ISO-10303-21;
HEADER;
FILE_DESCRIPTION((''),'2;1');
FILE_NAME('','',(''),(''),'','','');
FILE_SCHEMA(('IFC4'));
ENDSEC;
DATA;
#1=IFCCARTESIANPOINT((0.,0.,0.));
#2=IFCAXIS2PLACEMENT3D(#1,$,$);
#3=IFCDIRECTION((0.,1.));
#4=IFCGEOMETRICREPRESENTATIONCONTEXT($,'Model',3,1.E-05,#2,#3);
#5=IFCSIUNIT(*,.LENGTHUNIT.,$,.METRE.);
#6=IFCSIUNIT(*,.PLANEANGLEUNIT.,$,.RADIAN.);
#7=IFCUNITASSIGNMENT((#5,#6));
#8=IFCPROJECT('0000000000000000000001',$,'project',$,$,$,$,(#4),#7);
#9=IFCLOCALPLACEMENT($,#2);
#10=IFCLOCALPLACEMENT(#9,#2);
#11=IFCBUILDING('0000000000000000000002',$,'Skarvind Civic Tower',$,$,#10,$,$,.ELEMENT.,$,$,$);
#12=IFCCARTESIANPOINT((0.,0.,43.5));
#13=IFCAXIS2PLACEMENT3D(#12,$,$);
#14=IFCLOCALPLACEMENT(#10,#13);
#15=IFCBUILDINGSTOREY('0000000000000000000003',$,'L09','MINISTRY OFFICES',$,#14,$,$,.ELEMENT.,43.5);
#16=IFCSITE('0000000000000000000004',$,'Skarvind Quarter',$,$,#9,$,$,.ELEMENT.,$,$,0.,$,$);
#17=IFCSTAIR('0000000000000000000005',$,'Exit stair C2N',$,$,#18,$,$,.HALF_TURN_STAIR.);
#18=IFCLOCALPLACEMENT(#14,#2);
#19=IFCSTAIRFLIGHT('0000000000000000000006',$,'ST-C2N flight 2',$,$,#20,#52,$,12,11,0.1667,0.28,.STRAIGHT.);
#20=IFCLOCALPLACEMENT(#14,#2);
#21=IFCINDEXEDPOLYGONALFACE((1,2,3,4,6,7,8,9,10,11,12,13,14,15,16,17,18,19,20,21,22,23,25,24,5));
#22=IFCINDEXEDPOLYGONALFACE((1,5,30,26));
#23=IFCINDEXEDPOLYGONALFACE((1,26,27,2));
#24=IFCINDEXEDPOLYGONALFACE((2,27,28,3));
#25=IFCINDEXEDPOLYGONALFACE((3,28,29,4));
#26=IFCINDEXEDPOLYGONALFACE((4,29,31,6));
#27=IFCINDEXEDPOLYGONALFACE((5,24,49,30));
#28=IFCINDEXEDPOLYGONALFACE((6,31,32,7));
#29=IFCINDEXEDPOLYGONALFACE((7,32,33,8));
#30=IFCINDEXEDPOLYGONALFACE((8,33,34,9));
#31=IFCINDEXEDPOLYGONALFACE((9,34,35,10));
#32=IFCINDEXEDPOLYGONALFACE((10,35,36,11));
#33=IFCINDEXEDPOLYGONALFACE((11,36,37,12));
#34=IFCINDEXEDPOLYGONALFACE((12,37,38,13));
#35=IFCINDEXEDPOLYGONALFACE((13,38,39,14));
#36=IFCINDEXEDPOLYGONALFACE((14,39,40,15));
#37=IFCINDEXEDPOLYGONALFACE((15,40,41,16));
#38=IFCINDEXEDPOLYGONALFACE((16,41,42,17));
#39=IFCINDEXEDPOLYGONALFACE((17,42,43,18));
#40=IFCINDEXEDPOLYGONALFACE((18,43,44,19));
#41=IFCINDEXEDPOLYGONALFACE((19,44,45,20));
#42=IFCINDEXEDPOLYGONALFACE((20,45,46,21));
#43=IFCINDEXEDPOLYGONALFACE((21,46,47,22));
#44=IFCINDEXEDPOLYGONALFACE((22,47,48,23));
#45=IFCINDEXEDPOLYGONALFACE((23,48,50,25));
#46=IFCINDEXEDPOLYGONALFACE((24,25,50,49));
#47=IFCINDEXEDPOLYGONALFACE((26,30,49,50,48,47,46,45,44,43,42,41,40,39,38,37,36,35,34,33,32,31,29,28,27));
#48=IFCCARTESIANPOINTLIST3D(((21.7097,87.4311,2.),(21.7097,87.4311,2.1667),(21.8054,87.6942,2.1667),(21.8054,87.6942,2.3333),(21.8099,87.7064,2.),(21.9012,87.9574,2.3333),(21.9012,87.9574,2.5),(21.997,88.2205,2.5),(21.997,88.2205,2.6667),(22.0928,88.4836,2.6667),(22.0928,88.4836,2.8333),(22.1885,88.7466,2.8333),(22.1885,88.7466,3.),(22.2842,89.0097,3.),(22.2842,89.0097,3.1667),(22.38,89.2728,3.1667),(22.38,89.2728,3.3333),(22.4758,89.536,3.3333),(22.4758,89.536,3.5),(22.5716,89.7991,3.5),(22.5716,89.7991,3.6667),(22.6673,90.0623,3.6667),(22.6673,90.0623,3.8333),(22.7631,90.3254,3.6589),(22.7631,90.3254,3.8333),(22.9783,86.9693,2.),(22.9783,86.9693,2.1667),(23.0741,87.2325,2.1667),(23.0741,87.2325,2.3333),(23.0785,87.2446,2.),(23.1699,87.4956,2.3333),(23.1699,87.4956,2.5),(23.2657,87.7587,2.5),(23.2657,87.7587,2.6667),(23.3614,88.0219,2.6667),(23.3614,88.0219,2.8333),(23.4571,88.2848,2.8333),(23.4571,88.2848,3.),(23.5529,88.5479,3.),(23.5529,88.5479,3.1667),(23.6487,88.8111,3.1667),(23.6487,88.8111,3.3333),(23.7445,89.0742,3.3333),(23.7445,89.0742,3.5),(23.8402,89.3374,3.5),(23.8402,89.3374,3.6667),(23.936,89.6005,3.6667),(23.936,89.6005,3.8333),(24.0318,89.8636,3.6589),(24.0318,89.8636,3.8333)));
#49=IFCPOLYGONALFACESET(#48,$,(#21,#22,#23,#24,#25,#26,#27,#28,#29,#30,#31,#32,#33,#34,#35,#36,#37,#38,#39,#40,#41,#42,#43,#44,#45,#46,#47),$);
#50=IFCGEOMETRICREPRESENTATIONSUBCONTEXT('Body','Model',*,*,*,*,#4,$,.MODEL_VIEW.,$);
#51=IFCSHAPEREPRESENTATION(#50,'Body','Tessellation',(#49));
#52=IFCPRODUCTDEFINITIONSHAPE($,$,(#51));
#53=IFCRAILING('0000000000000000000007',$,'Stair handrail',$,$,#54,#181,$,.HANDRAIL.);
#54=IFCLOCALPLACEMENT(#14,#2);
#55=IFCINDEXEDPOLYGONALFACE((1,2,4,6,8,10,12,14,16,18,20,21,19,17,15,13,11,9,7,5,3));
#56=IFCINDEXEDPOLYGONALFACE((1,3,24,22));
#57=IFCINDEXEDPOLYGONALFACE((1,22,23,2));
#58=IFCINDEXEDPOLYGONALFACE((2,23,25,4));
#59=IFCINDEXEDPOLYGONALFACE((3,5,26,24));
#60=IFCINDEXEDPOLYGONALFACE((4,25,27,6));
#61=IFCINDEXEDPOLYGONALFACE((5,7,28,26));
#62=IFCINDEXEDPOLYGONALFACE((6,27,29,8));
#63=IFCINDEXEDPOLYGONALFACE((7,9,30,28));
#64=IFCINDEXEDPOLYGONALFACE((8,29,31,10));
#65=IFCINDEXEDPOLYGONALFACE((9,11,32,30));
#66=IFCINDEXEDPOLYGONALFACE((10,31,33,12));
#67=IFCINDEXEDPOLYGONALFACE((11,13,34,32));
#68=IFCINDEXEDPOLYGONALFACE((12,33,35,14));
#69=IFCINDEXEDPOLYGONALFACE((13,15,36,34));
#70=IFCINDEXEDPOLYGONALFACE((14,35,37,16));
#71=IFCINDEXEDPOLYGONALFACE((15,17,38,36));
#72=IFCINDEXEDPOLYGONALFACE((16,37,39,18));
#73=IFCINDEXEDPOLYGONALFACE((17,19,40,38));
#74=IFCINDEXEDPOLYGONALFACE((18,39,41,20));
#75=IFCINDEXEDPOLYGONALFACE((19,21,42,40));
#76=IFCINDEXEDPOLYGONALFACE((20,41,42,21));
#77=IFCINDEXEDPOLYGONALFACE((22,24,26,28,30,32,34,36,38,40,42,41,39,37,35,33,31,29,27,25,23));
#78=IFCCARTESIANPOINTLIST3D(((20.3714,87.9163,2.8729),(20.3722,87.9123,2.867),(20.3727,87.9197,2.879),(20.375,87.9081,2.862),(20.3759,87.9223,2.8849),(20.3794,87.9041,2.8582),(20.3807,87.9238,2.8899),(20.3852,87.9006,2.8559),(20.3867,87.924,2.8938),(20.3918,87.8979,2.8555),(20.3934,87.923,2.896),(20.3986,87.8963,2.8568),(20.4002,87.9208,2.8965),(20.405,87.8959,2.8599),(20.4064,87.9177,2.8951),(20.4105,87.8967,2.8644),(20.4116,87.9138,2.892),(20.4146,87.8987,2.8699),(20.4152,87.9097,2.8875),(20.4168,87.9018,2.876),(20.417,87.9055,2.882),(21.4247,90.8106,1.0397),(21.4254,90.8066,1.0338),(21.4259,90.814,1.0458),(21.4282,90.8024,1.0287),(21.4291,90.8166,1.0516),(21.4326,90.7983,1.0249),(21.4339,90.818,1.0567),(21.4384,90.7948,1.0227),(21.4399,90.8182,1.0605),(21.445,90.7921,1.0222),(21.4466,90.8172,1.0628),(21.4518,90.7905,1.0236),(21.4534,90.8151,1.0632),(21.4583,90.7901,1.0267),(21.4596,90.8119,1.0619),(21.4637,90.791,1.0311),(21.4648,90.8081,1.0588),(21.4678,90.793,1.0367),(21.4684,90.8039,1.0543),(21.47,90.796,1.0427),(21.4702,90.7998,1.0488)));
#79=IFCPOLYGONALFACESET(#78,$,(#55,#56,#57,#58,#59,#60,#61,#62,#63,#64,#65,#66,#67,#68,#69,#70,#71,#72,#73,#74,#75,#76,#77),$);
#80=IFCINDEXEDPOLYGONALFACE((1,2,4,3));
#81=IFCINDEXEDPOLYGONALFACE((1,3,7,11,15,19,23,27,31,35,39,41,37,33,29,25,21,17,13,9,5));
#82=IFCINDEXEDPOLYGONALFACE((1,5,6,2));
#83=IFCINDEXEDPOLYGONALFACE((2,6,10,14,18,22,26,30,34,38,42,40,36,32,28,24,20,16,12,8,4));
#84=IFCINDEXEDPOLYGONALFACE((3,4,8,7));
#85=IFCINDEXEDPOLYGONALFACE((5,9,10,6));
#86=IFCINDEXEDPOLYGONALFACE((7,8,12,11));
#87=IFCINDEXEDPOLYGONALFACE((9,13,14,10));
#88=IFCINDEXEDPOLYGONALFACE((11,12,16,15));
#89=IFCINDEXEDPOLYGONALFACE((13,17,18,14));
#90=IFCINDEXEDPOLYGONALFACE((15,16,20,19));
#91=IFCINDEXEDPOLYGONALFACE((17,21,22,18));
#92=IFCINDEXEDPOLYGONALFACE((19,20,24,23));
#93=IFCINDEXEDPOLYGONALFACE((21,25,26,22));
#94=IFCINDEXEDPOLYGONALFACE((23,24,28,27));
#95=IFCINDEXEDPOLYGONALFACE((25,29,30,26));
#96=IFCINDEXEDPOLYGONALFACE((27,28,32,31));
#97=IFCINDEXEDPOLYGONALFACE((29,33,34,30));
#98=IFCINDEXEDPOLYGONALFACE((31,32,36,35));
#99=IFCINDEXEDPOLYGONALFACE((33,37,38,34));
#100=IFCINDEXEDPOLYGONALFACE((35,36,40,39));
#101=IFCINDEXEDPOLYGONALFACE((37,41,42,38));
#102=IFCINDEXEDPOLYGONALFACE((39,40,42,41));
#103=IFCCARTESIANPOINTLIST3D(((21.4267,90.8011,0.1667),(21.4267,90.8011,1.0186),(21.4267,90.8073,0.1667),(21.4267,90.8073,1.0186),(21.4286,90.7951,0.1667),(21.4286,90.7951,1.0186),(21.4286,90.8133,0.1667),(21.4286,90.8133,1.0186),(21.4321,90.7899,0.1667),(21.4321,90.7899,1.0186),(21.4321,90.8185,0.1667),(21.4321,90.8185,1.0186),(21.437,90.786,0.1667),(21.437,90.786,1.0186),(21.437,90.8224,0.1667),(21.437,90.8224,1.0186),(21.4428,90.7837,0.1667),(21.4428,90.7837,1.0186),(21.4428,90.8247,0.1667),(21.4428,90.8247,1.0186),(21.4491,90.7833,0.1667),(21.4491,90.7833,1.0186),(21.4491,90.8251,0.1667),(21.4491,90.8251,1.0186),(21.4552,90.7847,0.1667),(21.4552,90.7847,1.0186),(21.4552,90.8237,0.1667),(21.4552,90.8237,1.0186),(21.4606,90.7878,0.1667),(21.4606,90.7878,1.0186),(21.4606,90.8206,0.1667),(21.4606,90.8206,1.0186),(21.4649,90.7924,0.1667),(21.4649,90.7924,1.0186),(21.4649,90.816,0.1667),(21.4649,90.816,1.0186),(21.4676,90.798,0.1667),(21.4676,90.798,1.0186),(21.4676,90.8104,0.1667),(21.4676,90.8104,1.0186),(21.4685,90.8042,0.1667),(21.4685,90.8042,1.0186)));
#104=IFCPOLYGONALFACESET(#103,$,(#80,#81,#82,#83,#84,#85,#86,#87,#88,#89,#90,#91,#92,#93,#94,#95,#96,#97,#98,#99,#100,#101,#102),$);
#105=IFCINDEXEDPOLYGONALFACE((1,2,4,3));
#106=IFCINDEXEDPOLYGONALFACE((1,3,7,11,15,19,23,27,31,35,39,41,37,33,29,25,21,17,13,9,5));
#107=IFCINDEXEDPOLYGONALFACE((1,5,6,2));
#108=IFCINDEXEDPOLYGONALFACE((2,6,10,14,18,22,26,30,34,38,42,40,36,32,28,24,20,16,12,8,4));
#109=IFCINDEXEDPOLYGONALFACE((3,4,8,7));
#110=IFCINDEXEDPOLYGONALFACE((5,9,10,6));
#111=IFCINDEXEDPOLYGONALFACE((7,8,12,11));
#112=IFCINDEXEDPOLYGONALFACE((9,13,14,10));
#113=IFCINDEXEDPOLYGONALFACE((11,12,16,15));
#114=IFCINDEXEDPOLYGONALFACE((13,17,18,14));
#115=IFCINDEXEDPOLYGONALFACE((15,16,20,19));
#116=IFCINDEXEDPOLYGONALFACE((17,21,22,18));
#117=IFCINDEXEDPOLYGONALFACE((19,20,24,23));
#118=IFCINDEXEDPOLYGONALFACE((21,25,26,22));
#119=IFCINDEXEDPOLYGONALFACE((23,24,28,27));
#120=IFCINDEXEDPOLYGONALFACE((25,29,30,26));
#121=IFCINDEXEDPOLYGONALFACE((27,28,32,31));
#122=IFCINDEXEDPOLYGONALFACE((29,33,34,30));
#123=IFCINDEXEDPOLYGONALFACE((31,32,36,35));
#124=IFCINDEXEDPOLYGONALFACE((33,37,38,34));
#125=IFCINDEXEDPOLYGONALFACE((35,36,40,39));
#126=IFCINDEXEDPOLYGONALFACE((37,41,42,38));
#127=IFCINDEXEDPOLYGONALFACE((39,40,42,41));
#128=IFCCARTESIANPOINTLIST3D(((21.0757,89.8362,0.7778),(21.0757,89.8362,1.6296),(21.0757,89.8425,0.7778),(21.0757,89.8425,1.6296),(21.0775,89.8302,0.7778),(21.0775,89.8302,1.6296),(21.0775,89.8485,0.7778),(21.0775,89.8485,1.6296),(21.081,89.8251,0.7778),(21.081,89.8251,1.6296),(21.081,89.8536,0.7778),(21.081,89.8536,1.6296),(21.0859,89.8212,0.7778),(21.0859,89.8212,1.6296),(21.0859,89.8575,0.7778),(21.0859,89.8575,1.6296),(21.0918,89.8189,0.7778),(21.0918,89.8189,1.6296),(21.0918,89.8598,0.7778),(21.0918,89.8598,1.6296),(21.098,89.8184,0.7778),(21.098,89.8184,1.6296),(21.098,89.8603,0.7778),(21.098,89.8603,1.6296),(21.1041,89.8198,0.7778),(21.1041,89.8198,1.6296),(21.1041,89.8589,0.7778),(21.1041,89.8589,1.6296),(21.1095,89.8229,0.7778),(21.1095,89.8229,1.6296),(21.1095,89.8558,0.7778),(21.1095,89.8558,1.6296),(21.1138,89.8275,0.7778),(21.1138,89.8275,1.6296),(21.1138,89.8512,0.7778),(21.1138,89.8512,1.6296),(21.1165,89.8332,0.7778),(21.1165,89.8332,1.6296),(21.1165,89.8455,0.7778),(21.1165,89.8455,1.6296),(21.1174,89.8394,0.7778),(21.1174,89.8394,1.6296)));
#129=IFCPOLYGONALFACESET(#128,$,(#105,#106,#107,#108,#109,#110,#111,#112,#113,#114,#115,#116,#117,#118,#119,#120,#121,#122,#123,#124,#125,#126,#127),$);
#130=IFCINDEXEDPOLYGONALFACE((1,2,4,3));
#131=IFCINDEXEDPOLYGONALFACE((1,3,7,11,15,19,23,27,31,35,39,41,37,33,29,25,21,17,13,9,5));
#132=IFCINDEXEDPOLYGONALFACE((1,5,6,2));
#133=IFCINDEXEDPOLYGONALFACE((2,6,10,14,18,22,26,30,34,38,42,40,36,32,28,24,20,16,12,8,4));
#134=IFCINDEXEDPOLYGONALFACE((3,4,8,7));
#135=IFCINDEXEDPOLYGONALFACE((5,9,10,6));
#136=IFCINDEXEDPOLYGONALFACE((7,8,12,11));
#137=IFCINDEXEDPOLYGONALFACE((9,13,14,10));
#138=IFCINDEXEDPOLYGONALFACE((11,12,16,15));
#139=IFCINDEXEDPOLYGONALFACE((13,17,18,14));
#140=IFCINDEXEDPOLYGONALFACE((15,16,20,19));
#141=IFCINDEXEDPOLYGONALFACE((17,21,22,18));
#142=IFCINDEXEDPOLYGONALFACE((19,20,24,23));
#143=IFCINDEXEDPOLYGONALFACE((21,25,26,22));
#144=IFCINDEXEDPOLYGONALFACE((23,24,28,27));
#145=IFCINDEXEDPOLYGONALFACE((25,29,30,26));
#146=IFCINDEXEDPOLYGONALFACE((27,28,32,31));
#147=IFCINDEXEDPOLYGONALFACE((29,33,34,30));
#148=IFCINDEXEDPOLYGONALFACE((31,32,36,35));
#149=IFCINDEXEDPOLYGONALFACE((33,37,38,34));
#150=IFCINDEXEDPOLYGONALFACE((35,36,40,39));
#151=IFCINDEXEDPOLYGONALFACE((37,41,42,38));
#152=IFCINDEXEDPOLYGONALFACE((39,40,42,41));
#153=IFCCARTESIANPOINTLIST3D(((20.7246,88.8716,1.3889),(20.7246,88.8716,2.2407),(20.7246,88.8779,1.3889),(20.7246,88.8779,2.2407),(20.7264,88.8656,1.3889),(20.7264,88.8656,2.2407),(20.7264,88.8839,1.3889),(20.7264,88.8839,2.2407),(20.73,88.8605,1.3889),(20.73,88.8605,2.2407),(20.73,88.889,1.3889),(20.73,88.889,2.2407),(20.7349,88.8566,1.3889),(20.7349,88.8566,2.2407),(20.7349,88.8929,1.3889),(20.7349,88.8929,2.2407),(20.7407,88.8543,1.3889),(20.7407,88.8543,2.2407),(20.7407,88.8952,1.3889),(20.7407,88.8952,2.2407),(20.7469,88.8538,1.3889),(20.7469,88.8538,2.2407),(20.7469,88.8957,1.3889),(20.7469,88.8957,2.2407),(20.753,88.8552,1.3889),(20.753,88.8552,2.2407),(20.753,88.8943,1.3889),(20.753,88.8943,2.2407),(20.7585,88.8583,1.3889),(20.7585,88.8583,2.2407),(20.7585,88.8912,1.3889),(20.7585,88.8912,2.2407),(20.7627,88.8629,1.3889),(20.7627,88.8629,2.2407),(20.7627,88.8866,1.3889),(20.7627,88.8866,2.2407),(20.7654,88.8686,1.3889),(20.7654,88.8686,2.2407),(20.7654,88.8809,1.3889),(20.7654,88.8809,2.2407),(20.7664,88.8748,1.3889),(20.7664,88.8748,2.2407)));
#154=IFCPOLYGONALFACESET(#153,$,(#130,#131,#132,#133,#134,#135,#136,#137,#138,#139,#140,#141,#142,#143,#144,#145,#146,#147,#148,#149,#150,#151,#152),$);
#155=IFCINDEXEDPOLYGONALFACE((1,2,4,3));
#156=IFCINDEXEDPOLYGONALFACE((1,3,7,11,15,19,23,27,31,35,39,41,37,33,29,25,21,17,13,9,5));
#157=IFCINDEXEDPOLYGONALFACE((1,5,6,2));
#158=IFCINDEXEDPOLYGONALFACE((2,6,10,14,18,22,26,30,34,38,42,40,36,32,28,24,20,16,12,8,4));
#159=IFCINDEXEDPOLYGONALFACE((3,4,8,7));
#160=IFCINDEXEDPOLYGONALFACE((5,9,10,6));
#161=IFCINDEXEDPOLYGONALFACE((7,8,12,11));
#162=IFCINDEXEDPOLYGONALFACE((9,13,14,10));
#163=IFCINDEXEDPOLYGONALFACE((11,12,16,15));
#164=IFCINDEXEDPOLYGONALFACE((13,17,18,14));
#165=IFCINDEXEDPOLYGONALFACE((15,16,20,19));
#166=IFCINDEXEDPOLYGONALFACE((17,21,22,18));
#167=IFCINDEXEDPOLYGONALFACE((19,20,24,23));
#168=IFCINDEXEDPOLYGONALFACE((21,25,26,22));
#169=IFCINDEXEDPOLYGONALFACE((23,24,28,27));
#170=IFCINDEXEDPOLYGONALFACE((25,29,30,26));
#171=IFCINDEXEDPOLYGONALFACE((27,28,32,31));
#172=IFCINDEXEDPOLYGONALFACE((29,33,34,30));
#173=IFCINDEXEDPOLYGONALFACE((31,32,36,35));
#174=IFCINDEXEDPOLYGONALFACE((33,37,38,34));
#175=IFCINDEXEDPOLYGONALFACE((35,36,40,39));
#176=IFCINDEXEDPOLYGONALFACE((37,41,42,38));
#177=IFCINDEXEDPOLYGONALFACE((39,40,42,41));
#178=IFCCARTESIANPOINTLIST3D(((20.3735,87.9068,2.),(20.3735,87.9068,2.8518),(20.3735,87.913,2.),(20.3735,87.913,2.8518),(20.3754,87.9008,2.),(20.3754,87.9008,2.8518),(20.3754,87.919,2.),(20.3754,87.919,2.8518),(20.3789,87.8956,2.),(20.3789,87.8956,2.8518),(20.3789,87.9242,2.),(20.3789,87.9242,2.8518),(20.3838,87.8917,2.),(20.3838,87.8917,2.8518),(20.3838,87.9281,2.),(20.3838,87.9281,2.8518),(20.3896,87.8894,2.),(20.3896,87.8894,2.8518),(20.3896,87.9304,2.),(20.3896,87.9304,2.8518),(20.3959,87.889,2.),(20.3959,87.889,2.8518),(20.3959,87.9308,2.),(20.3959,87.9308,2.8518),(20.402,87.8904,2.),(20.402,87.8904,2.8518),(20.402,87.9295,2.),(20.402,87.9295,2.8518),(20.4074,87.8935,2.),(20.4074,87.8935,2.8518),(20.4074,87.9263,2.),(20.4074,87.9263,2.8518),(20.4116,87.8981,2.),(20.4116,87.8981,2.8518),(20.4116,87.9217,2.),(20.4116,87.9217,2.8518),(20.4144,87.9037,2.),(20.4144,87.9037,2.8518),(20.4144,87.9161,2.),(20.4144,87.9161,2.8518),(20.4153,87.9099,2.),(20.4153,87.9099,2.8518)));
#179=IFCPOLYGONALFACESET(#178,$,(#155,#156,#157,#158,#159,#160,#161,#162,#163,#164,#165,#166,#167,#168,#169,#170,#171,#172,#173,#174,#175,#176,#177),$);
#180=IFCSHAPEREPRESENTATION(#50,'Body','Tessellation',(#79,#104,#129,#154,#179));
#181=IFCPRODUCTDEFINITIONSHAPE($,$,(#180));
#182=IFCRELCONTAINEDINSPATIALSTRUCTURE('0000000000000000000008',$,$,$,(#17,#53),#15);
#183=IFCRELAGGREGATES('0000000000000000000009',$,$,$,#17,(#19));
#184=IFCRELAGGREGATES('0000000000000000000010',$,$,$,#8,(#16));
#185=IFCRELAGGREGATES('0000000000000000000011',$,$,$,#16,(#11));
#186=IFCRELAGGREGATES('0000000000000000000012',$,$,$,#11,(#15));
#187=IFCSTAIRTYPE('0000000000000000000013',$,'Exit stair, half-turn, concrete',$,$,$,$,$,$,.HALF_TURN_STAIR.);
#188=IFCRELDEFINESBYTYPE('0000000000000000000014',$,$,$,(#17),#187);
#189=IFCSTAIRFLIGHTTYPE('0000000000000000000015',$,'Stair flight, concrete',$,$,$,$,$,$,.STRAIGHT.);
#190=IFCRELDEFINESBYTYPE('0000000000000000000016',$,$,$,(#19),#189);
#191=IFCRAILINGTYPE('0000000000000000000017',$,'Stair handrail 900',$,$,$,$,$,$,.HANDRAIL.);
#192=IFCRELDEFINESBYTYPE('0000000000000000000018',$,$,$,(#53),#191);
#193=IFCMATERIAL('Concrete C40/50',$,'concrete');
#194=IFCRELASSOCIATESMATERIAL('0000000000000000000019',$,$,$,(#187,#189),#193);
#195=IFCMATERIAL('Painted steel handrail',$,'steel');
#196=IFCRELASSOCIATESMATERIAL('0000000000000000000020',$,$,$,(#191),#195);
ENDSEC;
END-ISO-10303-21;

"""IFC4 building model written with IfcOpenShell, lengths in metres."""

from ifc_helpers import new_model, si_unit, direction, frame, origin, origin_2d, place, context, subcontext, project, spatial, polyline, circle, outline, extrude, material, type_object, element, aggregate, save


model = new_model("IFC4")

# Units and contexts
model_context = context("Model", 3, precision=1e-05, world=origin(), true_north=direction((0.0, 1.0)))
body_context = subcontext(model_context, "Body", "Model", "MODEL_VIEW")
ifc_project = project(units=[si_unit("LENGTHUNIT", "METRE"), si_unit("PLANEANGLEUNIT", "RADIAN")], contexts=[model_context])

# Site, building, storey
site_placement = place(None, origin())
site = spatial("IfcSite", under=ifc_project, at=site_placement, Name="Skarvind Quarter", CompositionType="ELEMENT", RefElevation=0.0)
building_placement = place(site_placement, origin())
building = spatial("IfcBuilding", under=site, at=building_placement, Name="Skarvind Civic Tower", CompositionType="ELEMENT")
storey_placement = place(building_placement, frame((0.0, 0.0, 43.5)))
storey = spatial("IfcBuildingStorey", under=building, at=storey_placement, Name="L09", Description="MINISTRY OFFICES", CompositionType="ELEMENT", Elevation=43.5)

# Stair, stair flight
ifc_material_1 = material(Name="Concrete C40/50", Category="concrete")
stair_type = type_object("IfcStairType", Name="Exit stair, half-turn, concrete", PredefinedType="HALF_TURN_STAIR", material=ifc_material_1)
stair_placement = place(storey_placement, origin())
stair = element("IfcStair", 1, at=stair_placement, inside=storey, type_object=stair_type, Name="Exit stair C2N", PredefinedType="HALF_TURN_STAIR")
stair_flight_type = type_object("IfcStairFlightType", Name="Stair flight, concrete", PredefinedType="STRAIGHT", material=ifc_material_1)
stair_flight_1_placement = place(storey_placement, frame((22.344, 87.2002, 2.0), z_axis=(0.0, 0.0, 1.0), x_axis=(0.34202, 0.939693, 0.0)))
stair_flight_1 = element("IfcStairFlight", 2, at=stair_flight_1_placement, type_object=stair_flight_type, Name="ST-C2N flight 2", NumberOfRisers=12, NumberOfTreads=11, PredefinedType="STRAIGHT", RiserHeight=0.1667, TreadLength=0.28, context=body_context, shape_type="SweptSolid", body=[
    extrude(outline(polyline([(0.0, 0.0), (0.0, 0.1667), (0.28, 0.1667), (0.28, 0.3333), (0.5601, 0.3333), (0.5601, 0.5), (0.8401, 0.5), (0.8401, 0.6667), (1.1201, 0.6667), (1.1201, 0.8333), (1.3999, 0.8333), (1.3999, 1.0), (1.6799, 1.0), (1.6799, 1.1667), (1.96, 1.1667), (1.96, 1.3333), (2.24, 1.3333), (2.24, 1.5), (2.52, 1.5), (2.52, 1.6667), (2.8, 1.6667), (2.8, 1.8333), (3.0801, 1.8333), (3.0801, 2.0), (3.0801, 1.6589), (0.293, 0.0), (0.0, 0.0)])), frame((0.0, 0.675, 0.0), z_axis=(0.0, -1.0, 0.0), x_axis=(1.0, 0.0, 0.0)), (0.0, 0.0, 1.0), 1.3501),
])
aggregate(stair, [stair_flight_1])

# Railing
ifc_material_2 = material(Name="Painted steel handrail", Category="steel")
railing_type = type_object("IfcRailingType", Name="Stair handrail 900", PredefinedType="HANDRAIL", material=ifc_material_2)
railing_1_placement = place(storey_placement, frame((21.4475, 90.8042, 0.1667)))
element("IfcRailing", 3, at=railing_1_placement, inside=storey, type_object=railing_type, Name="Stair handrail", PredefinedType="HANDRAIL", context=body_context, shape_type="SweptSolid", body=[
    extrude(circle(Radius=0.0239, at=origin_2d()), frame((0.0, 0.0, 0.876), z_axis=(-0.293846, -0.807497, 0.511472), x_axis=(0.939715, -0.341959, 0.0)), (0.0, 0.0, 1.0), 3.5842),
    extrude(circle(Radius=0.021, at=origin_2d()), origin(), (0.0, 0.0, 1.0), 0.8518),
    extrude(circle(Radius=0.021, at=origin_2d()), frame((-0.3511, -0.9648, 0.6111)), (0.0, 0.0, 1.0), 0.8518),
    extrude(circle(Radius=0.021, at=origin_2d()), frame((-0.7021, -1.9294, 1.2222)), (0.0, 0.0, 1.0), 0.8518),
    extrude(circle(Radius=0.021, at=origin_2d()), frame((-1.0532, -2.8943, 1.8333)), (0.0, 0.0, 1.0), 0.8518),
])

save(model, "model.ifc")
